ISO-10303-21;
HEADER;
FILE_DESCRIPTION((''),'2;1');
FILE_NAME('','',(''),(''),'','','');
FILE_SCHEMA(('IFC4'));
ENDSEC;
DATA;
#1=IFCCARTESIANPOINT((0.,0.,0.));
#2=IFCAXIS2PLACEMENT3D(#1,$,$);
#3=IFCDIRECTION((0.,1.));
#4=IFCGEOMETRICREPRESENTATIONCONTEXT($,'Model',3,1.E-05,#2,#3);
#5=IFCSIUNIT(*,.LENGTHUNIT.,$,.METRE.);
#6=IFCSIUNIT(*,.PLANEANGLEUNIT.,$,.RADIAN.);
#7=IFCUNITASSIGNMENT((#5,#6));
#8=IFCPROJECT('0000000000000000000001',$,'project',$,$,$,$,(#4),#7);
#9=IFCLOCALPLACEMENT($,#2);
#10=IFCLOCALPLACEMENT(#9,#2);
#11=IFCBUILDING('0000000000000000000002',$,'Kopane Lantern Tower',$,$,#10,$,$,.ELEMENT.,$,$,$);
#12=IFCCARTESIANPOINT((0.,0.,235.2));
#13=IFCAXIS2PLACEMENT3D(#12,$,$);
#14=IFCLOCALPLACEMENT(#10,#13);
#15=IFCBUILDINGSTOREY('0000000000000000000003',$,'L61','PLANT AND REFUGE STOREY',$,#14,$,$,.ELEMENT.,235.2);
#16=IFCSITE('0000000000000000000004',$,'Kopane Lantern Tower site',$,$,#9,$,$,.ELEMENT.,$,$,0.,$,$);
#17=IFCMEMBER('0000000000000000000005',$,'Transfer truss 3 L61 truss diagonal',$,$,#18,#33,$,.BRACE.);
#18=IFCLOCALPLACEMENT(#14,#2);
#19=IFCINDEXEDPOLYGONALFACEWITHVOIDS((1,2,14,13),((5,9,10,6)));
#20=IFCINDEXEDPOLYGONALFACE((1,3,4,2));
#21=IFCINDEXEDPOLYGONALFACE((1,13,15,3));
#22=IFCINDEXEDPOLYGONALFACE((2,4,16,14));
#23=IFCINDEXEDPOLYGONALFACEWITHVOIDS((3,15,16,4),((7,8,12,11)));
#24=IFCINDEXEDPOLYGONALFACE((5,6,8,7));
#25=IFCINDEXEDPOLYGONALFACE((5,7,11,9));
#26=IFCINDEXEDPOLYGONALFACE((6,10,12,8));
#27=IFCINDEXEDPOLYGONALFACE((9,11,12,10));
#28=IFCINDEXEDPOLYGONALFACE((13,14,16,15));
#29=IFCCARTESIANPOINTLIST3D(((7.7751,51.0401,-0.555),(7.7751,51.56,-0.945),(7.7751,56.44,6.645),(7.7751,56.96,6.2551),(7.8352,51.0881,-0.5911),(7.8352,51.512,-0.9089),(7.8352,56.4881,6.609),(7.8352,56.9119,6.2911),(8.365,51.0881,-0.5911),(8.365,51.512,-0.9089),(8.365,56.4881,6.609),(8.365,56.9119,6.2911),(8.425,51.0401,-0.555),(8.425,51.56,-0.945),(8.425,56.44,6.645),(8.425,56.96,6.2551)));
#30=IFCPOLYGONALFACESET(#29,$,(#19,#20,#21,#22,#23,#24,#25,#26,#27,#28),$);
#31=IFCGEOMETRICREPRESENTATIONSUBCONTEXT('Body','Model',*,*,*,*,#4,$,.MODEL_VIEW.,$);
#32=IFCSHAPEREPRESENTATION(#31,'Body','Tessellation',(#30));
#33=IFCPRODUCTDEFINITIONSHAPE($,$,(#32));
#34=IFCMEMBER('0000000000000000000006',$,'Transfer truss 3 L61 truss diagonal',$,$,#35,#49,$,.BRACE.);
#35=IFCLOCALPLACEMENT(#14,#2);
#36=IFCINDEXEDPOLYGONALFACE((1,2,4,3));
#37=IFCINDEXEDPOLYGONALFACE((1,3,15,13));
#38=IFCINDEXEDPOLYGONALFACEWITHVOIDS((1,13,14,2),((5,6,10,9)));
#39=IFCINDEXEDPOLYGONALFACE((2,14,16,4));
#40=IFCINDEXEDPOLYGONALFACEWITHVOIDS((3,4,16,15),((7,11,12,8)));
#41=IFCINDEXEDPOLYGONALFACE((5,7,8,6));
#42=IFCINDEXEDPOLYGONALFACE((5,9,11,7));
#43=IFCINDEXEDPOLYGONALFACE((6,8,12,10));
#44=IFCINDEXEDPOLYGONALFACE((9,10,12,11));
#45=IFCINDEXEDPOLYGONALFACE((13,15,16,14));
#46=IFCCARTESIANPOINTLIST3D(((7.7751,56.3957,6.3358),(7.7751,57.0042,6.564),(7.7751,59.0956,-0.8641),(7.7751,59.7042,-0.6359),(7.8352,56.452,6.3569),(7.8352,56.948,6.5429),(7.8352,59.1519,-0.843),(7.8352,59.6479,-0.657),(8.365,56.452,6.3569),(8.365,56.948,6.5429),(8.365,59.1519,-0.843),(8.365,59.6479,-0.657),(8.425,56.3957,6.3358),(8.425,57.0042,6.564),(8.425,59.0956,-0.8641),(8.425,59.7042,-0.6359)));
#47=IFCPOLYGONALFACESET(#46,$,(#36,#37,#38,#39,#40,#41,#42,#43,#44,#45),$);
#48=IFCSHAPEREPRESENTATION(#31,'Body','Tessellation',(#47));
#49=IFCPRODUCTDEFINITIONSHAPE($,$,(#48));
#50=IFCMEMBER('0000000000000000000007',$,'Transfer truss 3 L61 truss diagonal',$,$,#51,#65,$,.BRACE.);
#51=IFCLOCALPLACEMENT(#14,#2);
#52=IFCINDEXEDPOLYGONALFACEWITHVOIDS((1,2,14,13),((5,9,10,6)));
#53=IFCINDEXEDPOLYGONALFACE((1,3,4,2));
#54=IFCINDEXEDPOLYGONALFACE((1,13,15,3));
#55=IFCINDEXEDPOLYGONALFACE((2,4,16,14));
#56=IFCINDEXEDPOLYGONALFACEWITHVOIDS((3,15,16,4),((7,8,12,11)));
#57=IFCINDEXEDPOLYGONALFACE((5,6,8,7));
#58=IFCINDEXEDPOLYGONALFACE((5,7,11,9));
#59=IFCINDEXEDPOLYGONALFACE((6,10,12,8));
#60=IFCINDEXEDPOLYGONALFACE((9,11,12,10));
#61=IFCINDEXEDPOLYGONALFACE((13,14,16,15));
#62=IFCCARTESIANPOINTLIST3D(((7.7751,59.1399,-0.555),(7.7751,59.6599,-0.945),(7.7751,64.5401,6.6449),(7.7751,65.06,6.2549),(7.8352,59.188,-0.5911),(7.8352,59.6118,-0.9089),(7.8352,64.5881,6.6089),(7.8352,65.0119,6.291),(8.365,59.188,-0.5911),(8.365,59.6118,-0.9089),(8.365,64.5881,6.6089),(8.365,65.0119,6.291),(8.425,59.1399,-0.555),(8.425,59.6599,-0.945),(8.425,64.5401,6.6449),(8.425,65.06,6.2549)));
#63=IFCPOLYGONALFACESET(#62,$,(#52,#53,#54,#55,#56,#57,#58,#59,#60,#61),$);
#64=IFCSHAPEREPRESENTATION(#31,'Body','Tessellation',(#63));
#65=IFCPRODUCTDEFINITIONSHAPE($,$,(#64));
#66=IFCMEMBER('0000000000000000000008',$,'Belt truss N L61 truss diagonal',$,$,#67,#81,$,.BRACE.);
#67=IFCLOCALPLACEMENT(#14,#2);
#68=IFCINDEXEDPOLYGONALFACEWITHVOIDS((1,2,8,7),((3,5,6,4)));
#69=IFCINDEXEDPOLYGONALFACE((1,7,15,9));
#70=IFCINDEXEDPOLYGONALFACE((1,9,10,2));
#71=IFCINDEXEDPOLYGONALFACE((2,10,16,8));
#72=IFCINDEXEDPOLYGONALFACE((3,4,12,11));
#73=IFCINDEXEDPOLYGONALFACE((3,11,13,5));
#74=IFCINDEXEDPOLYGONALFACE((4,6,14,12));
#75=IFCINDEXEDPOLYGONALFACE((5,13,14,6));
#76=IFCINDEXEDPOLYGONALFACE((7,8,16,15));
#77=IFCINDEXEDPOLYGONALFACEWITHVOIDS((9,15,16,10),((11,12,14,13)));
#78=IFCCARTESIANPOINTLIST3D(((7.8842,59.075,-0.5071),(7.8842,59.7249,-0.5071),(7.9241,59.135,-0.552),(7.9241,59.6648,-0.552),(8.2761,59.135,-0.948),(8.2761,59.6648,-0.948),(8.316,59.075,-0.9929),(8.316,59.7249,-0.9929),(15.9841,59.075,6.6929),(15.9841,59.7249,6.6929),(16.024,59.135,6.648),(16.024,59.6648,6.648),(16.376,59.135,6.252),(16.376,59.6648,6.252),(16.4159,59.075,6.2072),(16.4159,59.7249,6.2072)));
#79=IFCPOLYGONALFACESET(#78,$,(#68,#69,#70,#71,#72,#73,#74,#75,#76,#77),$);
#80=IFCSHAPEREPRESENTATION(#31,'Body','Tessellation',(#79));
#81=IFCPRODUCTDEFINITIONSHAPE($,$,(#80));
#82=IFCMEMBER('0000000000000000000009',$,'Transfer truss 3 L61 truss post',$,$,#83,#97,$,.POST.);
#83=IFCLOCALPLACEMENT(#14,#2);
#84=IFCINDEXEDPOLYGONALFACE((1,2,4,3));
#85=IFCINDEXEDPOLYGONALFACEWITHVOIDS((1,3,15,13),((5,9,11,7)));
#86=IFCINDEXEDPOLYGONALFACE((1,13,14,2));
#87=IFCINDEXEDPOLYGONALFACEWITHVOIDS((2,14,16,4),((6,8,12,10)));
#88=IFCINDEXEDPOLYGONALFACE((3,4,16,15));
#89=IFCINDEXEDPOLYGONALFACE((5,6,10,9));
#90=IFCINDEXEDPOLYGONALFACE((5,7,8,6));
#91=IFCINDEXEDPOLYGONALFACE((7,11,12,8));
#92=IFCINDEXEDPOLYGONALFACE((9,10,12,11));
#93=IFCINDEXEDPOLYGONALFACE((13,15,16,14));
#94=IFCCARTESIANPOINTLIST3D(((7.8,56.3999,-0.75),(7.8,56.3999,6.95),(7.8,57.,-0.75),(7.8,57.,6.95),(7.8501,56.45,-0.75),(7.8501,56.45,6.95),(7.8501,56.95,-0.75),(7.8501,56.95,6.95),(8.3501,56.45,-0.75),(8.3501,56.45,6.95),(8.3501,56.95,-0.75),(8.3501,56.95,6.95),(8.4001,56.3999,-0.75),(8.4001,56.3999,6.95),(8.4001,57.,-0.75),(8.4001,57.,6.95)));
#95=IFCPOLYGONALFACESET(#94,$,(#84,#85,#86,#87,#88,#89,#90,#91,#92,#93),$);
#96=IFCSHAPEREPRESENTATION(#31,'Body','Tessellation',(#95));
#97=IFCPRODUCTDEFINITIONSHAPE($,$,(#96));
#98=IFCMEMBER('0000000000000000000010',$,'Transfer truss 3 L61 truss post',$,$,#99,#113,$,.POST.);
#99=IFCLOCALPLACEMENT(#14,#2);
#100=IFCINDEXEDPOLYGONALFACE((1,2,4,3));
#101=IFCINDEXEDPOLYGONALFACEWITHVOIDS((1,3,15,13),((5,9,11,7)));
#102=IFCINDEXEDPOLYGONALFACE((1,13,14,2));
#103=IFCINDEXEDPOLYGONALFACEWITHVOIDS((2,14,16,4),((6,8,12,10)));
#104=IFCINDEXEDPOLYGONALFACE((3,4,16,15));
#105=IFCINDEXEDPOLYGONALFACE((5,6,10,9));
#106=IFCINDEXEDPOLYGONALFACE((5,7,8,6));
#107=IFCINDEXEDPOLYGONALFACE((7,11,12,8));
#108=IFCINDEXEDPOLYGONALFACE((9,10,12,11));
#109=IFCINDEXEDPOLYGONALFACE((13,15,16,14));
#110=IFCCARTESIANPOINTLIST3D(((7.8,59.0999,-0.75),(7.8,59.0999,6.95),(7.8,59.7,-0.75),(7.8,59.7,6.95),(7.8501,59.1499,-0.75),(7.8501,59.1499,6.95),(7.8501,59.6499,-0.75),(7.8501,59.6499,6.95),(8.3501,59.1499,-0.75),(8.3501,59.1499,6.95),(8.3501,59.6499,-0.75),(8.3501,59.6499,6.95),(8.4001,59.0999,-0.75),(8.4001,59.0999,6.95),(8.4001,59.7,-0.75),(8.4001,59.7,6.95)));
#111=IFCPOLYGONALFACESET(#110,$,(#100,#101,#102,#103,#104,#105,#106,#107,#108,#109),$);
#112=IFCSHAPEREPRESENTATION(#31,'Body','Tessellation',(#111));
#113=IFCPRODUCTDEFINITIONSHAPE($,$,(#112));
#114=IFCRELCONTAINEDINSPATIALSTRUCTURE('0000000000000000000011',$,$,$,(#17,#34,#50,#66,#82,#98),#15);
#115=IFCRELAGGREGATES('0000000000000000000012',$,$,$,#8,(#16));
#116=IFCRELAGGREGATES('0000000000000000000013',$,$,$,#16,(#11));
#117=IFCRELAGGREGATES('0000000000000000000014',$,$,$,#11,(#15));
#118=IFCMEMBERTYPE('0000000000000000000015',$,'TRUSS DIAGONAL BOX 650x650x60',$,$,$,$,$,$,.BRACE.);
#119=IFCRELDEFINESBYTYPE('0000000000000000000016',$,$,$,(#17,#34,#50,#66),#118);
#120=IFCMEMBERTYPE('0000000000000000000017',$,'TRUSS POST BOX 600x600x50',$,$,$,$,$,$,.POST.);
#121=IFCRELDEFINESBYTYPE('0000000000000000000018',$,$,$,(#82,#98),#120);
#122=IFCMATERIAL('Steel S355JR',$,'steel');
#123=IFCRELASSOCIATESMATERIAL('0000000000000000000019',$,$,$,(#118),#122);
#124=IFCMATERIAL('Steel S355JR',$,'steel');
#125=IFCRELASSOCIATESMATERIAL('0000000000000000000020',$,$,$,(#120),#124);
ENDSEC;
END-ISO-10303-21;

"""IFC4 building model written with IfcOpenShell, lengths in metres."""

from ifc_helpers import new_model, si_unit, direction, frame, origin, origin_2d, place, context, subcontext, project, spatial, hollow_rectangle, extrude, material, material_profile, profile_set, type_object, element, save


model = new_model("IFC4")

# Units and contexts
model_context = context("Model", 3, precision=1e-05, world=origin(), true_north=direction((0.0, 1.0)))
body_context = subcontext(model_context, "Body", "Model", "MODEL_VIEW")
ifc_project = project(units=[si_unit("LENGTHUNIT", "METRE"), si_unit("PLANEANGLEUNIT", "RADIAN")], contexts=[model_context])

# Site, building, storey
site_placement = place(None, origin())
site = spatial("IfcSite", under=ifc_project, at=site_placement, Name="Kopane Lantern Tower site", CompositionType="ELEMENT", RefElevation=0.0)
building_placement = place(site_placement, origin())
building = spatial("IfcBuilding", under=site, at=building_placement, Name="Kopane Lantern Tower", CompositionType="ELEMENT")
storey_placement = place(building_placement, frame((0.0, 0.0, 235.2)))
storey = spatial("IfcBuildingStorey", under=building, at=storey_placement, Name="L61", Description="PLANT AND REFUGE STOREY", CompositionType="ELEMENT", Elevation=235.2)

# Members
ifc_material_1 = material(Name="Steel S355JR", Category="steel")
ifc_material_profile_1 = material_profile(ifc_material_1, hollow_rectangle(XDim=0.6499, YDim=0.6499, WallThickness=0.0601, at=origin_2d()), Name="BOX 650x650x60")
ifc_profile_set_1 = profile_set([ifc_material_profile_1], Name="Steel S355JR")
member_type_1 = type_object("IfcMemberType", Name="TRUSS DIAGONAL BOX 650x650x60", PredefinedType="BRACE", material=ifc_profile_set_1)
member_1_placement = place(storey_placement, frame((8.1001, 51.3, -0.75), z_axis=(0.0, 0.599996, 0.800003), x_axis=(-1.0, 0.0, 0.0)))
element("IfcMember", 1, at=member_1_placement, inside=storey, type_object=member_type_1, Name="Transfer truss 3 L61 truss diagonal", PredefinedType="BRACE", context=body_context, shape_type="SweptSolid", body=[
    extrude(hollow_rectangle(XDim=0.6499, YDim=0.6499, WallThickness=0.0601, at=origin_2d()), origin(), (0.0, 0.0, 1.0), 9.0),
])
member_2_placement = place(storey_placement, frame((8.1001, 59.3999, -0.75), z_axis=(0.0, -0.35112, 0.93633), x_axis=(1.0, 0.0, 0.0)))
element("IfcMember", 2, at=member_2_placement, inside=storey, type_object=member_type_1, Name="Transfer truss 3 L61 truss diagonal", PredefinedType="BRACE", context=body_context, shape_type="SweptSolid", body=[
    extrude(hollow_rectangle(XDim=0.6499, YDim=0.6499, WallThickness=0.0601, at=origin_2d()), origin(), (0.0, 0.0, 1.0), 7.6895),
])
member_3_placement = place(storey_placement, frame((8.1001, 59.3999, -0.75), z_axis=(0.0, 0.600013, 0.79999), x_axis=(-1.0, 0.0, 0.0)))
element("IfcMember", 3, at=member_3_placement, inside=storey, type_object=member_type_1, Name="Transfer truss 3 L61 truss diagonal", PredefinedType="BRACE", context=body_context, shape_type="SweptSolid", body=[
    extrude(hollow_rectangle(XDim=0.6499, YDim=0.6499, WallThickness=0.0601, at=origin_2d()), origin(), (0.0, 0.0, 1.0), 9.0),
])
member_4_placement = place(storey_placement, frame((8.1001, 59.3999, -0.75), z_axis=(0.747406, 0.0, 0.664368), x_axis=(0.0, 1.0, 0.0)))
element("IfcMember", 4, at=member_4_placement, inside=storey, type_object=member_type_1, Name="Belt truss N L61 truss diagonal", PredefinedType="BRACE", context=body_context, shape_type="SweptSolid", body=[
    extrude(hollow_rectangle(XDim=0.6499, YDim=0.6499, WallThickness=0.0601, at=origin_2d()), origin(), (0.0, 0.0, 1.0), 10.8374),
])
ifc_material_2 = material(Name="Steel S355JR", Category="steel")
ifc_material_profile_2 = material_profile(ifc_material_2, hollow_rectangle(XDim=0.6001, YDim=0.6001, WallThickness=0.05, at=origin_2d()), Name="BOX 600x600x50")
ifc_profile_set_2 = profile_set([ifc_material_profile_2], Name="Steel S355JR")
member_type_2 = type_object("IfcMemberType", Name="TRUSS POST BOX 600x600x50", PredefinedType="POST", material=ifc_profile_set_2)
for number, where, z_axis, x_axis, name in (
    (5, (8.1001, 56.7, -0.75), (0.0, 0.0, 1.0), (1.0, 0.0, 0.0), "Transfer truss 3 L61 truss post"),
    (6, (8.1001, 59.3999, -0.75), (0.0, 0.0, 1.0), (1.0, 0.0, 0.0), "Transfer truss 3 L61 truss post"),
):
    element("IfcMember", number, at=place(storey_placement, frame(where, z_axis=z_axis, x_axis=x_axis)), inside=storey, type_object=member_type_2, Name=name, PredefinedType="POST", context=body_context, shape_type="SweptSolid", body=[
        extrude(hollow_rectangle(XDim=0.6001, YDim=0.6001, WallThickness=0.05, at=origin_2d()), origin(), (0.0, 0.0, 1.0), 7.7),
    ])

save(model, "model.ifc")
